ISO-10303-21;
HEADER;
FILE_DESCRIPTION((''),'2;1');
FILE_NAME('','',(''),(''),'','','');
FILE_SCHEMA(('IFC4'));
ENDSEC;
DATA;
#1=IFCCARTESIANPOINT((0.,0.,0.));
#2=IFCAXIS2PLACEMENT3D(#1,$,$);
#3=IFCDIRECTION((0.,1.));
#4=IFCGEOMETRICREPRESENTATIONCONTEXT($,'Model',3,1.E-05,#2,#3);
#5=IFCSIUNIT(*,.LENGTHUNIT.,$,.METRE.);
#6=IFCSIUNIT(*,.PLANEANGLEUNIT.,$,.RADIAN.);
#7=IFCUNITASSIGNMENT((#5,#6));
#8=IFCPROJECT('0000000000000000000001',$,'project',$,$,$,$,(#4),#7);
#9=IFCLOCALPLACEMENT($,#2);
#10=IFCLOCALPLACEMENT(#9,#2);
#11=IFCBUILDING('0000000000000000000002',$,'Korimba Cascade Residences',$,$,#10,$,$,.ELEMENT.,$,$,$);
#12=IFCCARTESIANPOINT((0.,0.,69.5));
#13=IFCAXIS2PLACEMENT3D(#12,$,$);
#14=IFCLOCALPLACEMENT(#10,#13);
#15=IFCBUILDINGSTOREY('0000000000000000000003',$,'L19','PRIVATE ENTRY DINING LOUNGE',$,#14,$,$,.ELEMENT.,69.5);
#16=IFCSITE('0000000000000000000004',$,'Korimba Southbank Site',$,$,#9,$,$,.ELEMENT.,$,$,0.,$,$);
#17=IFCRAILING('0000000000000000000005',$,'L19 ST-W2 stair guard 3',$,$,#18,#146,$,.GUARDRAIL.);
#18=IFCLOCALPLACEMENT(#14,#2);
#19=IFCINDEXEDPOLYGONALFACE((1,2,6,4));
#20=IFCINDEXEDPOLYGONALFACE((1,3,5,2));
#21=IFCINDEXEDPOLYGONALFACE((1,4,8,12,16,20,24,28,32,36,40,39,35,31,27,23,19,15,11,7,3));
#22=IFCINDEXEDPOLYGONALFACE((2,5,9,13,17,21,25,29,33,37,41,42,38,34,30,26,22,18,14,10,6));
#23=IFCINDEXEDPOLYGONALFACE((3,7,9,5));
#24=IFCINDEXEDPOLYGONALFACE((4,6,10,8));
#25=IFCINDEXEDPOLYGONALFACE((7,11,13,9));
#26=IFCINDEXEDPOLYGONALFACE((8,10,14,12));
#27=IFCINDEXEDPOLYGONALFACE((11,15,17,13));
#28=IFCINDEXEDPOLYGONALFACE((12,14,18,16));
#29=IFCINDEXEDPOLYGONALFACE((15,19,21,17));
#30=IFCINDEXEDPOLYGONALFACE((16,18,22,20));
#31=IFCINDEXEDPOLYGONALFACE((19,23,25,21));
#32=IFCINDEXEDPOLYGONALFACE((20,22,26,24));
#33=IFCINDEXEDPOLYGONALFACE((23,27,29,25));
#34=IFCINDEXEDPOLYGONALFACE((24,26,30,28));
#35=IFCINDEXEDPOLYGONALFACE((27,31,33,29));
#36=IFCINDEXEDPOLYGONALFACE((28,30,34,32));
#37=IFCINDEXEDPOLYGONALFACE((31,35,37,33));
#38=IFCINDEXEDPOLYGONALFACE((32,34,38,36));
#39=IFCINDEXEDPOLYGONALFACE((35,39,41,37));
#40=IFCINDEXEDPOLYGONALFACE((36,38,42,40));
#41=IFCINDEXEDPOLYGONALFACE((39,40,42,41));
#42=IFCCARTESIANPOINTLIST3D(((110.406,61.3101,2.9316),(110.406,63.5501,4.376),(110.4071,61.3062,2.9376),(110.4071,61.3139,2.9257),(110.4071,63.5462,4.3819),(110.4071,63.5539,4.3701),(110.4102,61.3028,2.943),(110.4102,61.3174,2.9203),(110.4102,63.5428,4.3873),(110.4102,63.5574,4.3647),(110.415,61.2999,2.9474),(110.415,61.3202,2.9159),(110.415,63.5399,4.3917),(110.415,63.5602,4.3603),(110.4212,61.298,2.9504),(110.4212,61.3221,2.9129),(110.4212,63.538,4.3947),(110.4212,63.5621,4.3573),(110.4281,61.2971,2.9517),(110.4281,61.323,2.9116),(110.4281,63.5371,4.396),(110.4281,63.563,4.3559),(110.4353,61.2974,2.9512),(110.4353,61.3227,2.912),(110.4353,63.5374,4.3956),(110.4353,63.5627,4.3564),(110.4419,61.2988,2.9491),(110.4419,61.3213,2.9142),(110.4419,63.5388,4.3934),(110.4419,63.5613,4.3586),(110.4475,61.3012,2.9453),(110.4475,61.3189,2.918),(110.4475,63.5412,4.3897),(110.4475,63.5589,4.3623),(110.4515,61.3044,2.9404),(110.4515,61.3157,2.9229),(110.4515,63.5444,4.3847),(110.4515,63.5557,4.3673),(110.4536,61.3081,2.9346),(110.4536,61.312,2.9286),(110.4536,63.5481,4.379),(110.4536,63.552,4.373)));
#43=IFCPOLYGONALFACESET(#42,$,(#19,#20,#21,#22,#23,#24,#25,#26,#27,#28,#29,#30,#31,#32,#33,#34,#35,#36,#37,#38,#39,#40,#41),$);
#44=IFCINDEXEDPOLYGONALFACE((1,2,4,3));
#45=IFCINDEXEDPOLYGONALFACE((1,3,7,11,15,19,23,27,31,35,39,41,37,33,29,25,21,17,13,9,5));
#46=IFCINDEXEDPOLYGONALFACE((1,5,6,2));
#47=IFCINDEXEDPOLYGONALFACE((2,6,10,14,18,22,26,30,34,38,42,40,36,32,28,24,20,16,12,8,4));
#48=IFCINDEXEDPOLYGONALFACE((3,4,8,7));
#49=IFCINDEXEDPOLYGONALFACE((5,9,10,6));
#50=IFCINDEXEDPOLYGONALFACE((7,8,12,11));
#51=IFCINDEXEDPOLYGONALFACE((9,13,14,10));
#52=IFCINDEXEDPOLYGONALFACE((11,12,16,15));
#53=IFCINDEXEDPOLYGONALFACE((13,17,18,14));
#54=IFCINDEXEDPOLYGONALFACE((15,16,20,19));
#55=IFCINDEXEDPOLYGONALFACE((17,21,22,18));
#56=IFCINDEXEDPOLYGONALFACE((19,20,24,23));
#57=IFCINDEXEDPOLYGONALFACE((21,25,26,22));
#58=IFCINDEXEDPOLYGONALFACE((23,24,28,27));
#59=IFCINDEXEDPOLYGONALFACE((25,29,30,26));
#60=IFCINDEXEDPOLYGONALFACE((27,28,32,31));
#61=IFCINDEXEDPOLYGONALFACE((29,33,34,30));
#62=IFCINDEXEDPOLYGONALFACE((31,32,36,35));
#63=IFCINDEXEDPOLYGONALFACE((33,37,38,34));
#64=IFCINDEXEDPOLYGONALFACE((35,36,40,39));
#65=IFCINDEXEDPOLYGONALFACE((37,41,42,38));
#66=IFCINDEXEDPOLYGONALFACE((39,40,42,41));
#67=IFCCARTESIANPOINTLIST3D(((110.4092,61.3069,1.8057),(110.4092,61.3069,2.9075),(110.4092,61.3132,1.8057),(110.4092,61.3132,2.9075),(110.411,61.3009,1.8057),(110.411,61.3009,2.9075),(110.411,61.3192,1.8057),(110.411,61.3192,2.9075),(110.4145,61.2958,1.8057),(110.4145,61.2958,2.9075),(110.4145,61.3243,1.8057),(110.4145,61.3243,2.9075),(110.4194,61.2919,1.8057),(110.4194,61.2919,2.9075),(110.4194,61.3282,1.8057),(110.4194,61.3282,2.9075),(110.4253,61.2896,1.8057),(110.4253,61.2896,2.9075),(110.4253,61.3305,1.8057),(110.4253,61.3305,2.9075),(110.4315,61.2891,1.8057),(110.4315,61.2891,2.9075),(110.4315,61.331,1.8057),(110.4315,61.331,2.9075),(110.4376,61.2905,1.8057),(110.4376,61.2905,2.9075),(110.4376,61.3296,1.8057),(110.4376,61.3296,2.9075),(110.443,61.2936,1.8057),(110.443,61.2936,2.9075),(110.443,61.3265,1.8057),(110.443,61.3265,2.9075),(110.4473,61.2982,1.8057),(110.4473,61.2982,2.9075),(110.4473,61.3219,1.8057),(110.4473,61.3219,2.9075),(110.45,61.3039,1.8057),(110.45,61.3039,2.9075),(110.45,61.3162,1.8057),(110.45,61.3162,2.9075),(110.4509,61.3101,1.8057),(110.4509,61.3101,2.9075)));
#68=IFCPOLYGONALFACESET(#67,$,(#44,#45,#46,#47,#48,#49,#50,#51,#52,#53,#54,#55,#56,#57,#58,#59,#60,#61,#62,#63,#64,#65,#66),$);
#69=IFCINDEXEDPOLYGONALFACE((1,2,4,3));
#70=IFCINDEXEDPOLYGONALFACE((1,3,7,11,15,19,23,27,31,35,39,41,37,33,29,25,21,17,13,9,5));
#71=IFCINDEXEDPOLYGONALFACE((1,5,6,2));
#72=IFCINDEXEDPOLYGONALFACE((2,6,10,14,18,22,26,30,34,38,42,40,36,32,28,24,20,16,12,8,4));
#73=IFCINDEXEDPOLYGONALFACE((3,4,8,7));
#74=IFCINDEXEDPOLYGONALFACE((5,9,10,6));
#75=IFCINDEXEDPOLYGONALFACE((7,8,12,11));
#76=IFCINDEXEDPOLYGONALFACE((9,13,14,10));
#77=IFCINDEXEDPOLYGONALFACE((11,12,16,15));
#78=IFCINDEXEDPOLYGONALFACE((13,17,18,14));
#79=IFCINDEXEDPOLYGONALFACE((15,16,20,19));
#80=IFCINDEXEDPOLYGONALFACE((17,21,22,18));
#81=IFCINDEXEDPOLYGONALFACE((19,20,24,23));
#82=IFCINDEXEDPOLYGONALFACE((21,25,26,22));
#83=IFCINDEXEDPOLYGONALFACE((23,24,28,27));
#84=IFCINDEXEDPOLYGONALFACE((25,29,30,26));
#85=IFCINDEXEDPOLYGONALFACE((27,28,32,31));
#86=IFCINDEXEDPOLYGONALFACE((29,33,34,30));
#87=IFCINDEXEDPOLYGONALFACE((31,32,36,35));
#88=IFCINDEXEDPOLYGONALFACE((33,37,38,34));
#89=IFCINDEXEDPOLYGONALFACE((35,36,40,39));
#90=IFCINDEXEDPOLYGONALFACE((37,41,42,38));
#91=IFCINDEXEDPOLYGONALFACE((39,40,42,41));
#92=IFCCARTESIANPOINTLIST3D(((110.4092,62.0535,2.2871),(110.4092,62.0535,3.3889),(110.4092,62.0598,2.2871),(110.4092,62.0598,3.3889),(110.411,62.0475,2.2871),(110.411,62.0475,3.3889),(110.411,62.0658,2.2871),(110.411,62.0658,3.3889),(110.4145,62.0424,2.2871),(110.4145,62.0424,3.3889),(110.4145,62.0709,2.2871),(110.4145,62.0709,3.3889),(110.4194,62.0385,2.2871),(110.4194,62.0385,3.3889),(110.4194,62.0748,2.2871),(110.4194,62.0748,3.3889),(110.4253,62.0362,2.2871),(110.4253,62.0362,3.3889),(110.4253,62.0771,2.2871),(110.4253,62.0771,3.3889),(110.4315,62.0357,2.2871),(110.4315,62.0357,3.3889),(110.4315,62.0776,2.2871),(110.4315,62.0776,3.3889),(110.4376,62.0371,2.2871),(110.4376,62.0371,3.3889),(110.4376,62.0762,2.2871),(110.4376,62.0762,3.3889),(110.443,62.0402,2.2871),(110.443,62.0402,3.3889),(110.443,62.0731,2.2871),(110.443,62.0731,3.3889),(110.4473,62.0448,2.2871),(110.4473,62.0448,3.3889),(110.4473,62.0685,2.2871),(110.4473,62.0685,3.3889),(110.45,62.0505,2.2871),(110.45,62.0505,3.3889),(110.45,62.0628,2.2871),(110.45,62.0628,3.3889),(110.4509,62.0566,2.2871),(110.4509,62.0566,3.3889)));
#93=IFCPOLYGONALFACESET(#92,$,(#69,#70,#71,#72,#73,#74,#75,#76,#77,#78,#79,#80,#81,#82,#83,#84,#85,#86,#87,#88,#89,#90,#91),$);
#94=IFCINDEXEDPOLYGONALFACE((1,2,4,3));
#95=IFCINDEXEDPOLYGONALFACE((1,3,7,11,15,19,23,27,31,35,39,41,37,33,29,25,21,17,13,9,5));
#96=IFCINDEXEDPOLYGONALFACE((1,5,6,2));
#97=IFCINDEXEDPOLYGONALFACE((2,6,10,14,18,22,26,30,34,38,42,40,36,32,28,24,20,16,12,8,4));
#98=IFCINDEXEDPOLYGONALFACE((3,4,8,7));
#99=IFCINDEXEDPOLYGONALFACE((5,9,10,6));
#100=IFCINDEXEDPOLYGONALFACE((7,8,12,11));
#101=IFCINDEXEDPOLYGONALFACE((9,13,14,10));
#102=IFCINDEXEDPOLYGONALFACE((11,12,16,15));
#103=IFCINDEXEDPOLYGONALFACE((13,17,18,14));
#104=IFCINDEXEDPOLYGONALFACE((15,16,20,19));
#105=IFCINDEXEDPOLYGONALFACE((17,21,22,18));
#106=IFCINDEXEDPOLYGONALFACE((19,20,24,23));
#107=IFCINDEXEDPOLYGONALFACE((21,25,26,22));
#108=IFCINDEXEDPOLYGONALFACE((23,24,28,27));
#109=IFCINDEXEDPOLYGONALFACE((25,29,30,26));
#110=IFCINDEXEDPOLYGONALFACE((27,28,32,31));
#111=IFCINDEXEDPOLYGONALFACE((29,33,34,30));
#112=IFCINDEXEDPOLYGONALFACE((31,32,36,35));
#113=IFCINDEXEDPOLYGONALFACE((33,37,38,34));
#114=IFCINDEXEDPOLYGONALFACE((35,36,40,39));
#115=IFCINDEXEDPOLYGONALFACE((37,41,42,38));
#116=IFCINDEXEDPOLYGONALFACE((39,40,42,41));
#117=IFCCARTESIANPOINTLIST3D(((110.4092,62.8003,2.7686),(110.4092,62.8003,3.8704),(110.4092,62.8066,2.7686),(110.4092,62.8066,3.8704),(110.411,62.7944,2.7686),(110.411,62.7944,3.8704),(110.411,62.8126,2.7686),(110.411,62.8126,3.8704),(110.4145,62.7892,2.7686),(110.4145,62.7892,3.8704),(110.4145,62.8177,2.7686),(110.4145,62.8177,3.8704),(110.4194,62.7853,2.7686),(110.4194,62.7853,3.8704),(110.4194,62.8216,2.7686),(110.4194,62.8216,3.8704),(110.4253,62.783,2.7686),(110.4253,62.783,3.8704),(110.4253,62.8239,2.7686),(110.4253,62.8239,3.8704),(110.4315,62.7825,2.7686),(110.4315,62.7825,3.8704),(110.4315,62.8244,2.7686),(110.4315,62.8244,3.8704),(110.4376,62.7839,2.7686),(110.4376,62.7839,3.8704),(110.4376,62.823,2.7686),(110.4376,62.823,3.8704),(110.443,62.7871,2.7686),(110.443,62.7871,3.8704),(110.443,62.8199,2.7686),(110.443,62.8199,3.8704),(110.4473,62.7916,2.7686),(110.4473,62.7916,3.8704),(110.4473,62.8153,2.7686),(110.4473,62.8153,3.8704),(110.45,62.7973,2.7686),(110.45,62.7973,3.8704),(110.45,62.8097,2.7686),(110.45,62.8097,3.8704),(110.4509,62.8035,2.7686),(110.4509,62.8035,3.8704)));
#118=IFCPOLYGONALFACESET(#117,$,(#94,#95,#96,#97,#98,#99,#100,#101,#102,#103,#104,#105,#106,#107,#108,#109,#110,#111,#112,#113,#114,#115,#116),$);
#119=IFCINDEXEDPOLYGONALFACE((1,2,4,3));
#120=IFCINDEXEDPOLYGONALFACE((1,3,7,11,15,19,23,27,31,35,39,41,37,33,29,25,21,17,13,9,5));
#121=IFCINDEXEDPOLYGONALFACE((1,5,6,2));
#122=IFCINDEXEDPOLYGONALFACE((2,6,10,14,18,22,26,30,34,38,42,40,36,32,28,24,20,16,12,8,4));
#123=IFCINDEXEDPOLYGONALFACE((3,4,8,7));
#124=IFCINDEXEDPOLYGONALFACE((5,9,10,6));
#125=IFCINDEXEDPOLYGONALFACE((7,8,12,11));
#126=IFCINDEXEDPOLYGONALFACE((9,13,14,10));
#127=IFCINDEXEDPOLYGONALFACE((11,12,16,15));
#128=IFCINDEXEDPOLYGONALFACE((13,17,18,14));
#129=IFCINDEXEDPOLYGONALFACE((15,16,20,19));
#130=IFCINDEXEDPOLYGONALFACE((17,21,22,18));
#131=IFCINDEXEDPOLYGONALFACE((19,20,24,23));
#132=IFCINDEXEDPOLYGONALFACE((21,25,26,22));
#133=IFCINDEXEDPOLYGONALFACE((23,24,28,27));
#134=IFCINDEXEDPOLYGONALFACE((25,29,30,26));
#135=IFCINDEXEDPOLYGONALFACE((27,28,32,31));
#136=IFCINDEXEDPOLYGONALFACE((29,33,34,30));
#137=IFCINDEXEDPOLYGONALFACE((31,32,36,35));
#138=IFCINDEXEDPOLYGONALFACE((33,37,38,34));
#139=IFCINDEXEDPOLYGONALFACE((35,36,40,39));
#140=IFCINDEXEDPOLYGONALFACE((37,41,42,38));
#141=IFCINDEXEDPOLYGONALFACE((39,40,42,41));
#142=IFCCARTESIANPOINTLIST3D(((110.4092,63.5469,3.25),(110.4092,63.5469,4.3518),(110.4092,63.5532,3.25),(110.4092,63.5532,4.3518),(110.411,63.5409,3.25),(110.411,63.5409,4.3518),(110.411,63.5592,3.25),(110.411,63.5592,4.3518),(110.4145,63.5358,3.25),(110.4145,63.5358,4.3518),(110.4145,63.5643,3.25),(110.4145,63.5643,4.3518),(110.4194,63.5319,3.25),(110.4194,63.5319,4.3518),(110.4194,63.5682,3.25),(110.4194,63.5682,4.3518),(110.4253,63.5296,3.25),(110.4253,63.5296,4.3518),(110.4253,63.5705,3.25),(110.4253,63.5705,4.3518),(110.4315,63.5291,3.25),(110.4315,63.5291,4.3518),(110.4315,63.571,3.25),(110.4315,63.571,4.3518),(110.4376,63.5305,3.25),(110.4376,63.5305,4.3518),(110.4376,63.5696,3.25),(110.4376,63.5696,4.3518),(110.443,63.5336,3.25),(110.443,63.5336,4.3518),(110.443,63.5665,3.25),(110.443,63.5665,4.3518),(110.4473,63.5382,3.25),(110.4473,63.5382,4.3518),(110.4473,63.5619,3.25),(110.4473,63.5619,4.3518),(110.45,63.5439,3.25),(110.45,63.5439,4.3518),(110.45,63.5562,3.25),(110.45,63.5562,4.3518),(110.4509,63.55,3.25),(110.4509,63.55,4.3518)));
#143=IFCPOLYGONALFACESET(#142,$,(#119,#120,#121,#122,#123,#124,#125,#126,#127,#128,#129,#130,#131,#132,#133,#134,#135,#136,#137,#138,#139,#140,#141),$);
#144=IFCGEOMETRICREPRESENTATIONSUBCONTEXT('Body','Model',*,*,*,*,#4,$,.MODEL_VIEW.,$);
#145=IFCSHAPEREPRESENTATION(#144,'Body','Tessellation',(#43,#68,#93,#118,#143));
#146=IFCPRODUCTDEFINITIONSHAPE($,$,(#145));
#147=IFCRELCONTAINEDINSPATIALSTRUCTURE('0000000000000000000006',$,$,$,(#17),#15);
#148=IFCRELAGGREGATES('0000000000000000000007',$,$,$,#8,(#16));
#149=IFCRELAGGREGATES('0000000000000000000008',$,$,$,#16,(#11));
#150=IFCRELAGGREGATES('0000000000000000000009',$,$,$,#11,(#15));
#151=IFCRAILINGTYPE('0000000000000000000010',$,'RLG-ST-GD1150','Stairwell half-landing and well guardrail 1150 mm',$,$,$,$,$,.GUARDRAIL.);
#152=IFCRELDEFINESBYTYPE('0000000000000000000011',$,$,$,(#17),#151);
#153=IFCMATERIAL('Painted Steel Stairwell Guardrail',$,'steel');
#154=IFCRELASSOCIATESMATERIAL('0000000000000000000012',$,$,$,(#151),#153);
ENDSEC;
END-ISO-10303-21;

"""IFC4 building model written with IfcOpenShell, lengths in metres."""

from ifc_helpers import new_model, si_unit, direction, frame, origin, origin_2d, place, context, subcontext, project, spatial, circle, extrude, material, type_object, element, save


model = new_model("IFC4")

# Units and contexts
model_context = context("Model", 3, precision=1e-05, world=origin(), true_north=direction((0.0, 1.0)))
body_context = subcontext(model_context, "Body", "Model", "MODEL_VIEW")
ifc_project = project(units=[si_unit("LENGTHUNIT", "METRE"), si_unit("PLANEANGLEUNIT", "RADIAN")], contexts=[model_context])

# Site, building, storey
site_placement = place(None, origin())
site = spatial("IfcSite", under=ifc_project, at=site_placement, Name="Korimba Southbank Site", CompositionType="ELEMENT", RefElevation=0.0)
building_placement = place(site_placement, origin())
building = spatial("IfcBuilding", under=site, at=building_placement, Name="Korimba Cascade Residences", CompositionType="ELEMENT")
storey_placement = place(building_placement, frame((0.0, 0.0, 69.5)))
storey = spatial("IfcBuildingStorey", under=building, at=storey_placement, Name="L19", Description="PRIVATE ENTRY DINING LOUNGE", CompositionType="ELEMENT", Elevation=69.5)

# Railing
ifc_material_1 = material(Name="Painted Steel Stairwell Guardrail", Category="steel")
railing_type_1 = type_object("IfcRailingType", Name="RLG-ST-GD1150", Description="Stairwell half-landing and well guardrail 1150 mm", PredefinedType="GUARDRAIL", material=ifc_material_1)
railing_1_placement = place(storey_placement, frame((110.4299, 61.3101, 1.8057)))
element("IfcRailing", 1, at=railing_1_placement, inside=storey, type_object=railing_type_1, Name="L19 ST-W2 stair guard 3", PredefinedType="GUARDRAIL", context=body_context, shape_type="SweptSolid", body=[
    extrude(circle(Radius=0.0239, at=origin_2d()), frame((0.0, 0.0, 1.126), z_axis=(0.0, 0.840437, 0.54191), x_axis=(-1.0, 0.0, 0.0)), (0.0, 0.0, 1.0), 2.6653),
    extrude(circle(Radius=0.021, at=origin_2d()), origin(), (0.0, 0.0, 1.0), 1.1018),
    extrude(circle(Radius=0.021, at=origin_2d()), frame((0.0, 0.7466, 0.4814)), (0.0, 0.0, 1.0), 1.1018),
    extrude(circle(Radius=0.021, at=origin_2d()), frame((0.0, 1.4934, 0.9629)), (0.0, 0.0, 1.0), 1.1018),
    extrude(circle(Radius=0.021, at=origin_2d()), frame((0.0, 2.24, 1.4443)), (0.0, 0.0, 1.0), 1.1018),
])

save(model, "model.ifc")
